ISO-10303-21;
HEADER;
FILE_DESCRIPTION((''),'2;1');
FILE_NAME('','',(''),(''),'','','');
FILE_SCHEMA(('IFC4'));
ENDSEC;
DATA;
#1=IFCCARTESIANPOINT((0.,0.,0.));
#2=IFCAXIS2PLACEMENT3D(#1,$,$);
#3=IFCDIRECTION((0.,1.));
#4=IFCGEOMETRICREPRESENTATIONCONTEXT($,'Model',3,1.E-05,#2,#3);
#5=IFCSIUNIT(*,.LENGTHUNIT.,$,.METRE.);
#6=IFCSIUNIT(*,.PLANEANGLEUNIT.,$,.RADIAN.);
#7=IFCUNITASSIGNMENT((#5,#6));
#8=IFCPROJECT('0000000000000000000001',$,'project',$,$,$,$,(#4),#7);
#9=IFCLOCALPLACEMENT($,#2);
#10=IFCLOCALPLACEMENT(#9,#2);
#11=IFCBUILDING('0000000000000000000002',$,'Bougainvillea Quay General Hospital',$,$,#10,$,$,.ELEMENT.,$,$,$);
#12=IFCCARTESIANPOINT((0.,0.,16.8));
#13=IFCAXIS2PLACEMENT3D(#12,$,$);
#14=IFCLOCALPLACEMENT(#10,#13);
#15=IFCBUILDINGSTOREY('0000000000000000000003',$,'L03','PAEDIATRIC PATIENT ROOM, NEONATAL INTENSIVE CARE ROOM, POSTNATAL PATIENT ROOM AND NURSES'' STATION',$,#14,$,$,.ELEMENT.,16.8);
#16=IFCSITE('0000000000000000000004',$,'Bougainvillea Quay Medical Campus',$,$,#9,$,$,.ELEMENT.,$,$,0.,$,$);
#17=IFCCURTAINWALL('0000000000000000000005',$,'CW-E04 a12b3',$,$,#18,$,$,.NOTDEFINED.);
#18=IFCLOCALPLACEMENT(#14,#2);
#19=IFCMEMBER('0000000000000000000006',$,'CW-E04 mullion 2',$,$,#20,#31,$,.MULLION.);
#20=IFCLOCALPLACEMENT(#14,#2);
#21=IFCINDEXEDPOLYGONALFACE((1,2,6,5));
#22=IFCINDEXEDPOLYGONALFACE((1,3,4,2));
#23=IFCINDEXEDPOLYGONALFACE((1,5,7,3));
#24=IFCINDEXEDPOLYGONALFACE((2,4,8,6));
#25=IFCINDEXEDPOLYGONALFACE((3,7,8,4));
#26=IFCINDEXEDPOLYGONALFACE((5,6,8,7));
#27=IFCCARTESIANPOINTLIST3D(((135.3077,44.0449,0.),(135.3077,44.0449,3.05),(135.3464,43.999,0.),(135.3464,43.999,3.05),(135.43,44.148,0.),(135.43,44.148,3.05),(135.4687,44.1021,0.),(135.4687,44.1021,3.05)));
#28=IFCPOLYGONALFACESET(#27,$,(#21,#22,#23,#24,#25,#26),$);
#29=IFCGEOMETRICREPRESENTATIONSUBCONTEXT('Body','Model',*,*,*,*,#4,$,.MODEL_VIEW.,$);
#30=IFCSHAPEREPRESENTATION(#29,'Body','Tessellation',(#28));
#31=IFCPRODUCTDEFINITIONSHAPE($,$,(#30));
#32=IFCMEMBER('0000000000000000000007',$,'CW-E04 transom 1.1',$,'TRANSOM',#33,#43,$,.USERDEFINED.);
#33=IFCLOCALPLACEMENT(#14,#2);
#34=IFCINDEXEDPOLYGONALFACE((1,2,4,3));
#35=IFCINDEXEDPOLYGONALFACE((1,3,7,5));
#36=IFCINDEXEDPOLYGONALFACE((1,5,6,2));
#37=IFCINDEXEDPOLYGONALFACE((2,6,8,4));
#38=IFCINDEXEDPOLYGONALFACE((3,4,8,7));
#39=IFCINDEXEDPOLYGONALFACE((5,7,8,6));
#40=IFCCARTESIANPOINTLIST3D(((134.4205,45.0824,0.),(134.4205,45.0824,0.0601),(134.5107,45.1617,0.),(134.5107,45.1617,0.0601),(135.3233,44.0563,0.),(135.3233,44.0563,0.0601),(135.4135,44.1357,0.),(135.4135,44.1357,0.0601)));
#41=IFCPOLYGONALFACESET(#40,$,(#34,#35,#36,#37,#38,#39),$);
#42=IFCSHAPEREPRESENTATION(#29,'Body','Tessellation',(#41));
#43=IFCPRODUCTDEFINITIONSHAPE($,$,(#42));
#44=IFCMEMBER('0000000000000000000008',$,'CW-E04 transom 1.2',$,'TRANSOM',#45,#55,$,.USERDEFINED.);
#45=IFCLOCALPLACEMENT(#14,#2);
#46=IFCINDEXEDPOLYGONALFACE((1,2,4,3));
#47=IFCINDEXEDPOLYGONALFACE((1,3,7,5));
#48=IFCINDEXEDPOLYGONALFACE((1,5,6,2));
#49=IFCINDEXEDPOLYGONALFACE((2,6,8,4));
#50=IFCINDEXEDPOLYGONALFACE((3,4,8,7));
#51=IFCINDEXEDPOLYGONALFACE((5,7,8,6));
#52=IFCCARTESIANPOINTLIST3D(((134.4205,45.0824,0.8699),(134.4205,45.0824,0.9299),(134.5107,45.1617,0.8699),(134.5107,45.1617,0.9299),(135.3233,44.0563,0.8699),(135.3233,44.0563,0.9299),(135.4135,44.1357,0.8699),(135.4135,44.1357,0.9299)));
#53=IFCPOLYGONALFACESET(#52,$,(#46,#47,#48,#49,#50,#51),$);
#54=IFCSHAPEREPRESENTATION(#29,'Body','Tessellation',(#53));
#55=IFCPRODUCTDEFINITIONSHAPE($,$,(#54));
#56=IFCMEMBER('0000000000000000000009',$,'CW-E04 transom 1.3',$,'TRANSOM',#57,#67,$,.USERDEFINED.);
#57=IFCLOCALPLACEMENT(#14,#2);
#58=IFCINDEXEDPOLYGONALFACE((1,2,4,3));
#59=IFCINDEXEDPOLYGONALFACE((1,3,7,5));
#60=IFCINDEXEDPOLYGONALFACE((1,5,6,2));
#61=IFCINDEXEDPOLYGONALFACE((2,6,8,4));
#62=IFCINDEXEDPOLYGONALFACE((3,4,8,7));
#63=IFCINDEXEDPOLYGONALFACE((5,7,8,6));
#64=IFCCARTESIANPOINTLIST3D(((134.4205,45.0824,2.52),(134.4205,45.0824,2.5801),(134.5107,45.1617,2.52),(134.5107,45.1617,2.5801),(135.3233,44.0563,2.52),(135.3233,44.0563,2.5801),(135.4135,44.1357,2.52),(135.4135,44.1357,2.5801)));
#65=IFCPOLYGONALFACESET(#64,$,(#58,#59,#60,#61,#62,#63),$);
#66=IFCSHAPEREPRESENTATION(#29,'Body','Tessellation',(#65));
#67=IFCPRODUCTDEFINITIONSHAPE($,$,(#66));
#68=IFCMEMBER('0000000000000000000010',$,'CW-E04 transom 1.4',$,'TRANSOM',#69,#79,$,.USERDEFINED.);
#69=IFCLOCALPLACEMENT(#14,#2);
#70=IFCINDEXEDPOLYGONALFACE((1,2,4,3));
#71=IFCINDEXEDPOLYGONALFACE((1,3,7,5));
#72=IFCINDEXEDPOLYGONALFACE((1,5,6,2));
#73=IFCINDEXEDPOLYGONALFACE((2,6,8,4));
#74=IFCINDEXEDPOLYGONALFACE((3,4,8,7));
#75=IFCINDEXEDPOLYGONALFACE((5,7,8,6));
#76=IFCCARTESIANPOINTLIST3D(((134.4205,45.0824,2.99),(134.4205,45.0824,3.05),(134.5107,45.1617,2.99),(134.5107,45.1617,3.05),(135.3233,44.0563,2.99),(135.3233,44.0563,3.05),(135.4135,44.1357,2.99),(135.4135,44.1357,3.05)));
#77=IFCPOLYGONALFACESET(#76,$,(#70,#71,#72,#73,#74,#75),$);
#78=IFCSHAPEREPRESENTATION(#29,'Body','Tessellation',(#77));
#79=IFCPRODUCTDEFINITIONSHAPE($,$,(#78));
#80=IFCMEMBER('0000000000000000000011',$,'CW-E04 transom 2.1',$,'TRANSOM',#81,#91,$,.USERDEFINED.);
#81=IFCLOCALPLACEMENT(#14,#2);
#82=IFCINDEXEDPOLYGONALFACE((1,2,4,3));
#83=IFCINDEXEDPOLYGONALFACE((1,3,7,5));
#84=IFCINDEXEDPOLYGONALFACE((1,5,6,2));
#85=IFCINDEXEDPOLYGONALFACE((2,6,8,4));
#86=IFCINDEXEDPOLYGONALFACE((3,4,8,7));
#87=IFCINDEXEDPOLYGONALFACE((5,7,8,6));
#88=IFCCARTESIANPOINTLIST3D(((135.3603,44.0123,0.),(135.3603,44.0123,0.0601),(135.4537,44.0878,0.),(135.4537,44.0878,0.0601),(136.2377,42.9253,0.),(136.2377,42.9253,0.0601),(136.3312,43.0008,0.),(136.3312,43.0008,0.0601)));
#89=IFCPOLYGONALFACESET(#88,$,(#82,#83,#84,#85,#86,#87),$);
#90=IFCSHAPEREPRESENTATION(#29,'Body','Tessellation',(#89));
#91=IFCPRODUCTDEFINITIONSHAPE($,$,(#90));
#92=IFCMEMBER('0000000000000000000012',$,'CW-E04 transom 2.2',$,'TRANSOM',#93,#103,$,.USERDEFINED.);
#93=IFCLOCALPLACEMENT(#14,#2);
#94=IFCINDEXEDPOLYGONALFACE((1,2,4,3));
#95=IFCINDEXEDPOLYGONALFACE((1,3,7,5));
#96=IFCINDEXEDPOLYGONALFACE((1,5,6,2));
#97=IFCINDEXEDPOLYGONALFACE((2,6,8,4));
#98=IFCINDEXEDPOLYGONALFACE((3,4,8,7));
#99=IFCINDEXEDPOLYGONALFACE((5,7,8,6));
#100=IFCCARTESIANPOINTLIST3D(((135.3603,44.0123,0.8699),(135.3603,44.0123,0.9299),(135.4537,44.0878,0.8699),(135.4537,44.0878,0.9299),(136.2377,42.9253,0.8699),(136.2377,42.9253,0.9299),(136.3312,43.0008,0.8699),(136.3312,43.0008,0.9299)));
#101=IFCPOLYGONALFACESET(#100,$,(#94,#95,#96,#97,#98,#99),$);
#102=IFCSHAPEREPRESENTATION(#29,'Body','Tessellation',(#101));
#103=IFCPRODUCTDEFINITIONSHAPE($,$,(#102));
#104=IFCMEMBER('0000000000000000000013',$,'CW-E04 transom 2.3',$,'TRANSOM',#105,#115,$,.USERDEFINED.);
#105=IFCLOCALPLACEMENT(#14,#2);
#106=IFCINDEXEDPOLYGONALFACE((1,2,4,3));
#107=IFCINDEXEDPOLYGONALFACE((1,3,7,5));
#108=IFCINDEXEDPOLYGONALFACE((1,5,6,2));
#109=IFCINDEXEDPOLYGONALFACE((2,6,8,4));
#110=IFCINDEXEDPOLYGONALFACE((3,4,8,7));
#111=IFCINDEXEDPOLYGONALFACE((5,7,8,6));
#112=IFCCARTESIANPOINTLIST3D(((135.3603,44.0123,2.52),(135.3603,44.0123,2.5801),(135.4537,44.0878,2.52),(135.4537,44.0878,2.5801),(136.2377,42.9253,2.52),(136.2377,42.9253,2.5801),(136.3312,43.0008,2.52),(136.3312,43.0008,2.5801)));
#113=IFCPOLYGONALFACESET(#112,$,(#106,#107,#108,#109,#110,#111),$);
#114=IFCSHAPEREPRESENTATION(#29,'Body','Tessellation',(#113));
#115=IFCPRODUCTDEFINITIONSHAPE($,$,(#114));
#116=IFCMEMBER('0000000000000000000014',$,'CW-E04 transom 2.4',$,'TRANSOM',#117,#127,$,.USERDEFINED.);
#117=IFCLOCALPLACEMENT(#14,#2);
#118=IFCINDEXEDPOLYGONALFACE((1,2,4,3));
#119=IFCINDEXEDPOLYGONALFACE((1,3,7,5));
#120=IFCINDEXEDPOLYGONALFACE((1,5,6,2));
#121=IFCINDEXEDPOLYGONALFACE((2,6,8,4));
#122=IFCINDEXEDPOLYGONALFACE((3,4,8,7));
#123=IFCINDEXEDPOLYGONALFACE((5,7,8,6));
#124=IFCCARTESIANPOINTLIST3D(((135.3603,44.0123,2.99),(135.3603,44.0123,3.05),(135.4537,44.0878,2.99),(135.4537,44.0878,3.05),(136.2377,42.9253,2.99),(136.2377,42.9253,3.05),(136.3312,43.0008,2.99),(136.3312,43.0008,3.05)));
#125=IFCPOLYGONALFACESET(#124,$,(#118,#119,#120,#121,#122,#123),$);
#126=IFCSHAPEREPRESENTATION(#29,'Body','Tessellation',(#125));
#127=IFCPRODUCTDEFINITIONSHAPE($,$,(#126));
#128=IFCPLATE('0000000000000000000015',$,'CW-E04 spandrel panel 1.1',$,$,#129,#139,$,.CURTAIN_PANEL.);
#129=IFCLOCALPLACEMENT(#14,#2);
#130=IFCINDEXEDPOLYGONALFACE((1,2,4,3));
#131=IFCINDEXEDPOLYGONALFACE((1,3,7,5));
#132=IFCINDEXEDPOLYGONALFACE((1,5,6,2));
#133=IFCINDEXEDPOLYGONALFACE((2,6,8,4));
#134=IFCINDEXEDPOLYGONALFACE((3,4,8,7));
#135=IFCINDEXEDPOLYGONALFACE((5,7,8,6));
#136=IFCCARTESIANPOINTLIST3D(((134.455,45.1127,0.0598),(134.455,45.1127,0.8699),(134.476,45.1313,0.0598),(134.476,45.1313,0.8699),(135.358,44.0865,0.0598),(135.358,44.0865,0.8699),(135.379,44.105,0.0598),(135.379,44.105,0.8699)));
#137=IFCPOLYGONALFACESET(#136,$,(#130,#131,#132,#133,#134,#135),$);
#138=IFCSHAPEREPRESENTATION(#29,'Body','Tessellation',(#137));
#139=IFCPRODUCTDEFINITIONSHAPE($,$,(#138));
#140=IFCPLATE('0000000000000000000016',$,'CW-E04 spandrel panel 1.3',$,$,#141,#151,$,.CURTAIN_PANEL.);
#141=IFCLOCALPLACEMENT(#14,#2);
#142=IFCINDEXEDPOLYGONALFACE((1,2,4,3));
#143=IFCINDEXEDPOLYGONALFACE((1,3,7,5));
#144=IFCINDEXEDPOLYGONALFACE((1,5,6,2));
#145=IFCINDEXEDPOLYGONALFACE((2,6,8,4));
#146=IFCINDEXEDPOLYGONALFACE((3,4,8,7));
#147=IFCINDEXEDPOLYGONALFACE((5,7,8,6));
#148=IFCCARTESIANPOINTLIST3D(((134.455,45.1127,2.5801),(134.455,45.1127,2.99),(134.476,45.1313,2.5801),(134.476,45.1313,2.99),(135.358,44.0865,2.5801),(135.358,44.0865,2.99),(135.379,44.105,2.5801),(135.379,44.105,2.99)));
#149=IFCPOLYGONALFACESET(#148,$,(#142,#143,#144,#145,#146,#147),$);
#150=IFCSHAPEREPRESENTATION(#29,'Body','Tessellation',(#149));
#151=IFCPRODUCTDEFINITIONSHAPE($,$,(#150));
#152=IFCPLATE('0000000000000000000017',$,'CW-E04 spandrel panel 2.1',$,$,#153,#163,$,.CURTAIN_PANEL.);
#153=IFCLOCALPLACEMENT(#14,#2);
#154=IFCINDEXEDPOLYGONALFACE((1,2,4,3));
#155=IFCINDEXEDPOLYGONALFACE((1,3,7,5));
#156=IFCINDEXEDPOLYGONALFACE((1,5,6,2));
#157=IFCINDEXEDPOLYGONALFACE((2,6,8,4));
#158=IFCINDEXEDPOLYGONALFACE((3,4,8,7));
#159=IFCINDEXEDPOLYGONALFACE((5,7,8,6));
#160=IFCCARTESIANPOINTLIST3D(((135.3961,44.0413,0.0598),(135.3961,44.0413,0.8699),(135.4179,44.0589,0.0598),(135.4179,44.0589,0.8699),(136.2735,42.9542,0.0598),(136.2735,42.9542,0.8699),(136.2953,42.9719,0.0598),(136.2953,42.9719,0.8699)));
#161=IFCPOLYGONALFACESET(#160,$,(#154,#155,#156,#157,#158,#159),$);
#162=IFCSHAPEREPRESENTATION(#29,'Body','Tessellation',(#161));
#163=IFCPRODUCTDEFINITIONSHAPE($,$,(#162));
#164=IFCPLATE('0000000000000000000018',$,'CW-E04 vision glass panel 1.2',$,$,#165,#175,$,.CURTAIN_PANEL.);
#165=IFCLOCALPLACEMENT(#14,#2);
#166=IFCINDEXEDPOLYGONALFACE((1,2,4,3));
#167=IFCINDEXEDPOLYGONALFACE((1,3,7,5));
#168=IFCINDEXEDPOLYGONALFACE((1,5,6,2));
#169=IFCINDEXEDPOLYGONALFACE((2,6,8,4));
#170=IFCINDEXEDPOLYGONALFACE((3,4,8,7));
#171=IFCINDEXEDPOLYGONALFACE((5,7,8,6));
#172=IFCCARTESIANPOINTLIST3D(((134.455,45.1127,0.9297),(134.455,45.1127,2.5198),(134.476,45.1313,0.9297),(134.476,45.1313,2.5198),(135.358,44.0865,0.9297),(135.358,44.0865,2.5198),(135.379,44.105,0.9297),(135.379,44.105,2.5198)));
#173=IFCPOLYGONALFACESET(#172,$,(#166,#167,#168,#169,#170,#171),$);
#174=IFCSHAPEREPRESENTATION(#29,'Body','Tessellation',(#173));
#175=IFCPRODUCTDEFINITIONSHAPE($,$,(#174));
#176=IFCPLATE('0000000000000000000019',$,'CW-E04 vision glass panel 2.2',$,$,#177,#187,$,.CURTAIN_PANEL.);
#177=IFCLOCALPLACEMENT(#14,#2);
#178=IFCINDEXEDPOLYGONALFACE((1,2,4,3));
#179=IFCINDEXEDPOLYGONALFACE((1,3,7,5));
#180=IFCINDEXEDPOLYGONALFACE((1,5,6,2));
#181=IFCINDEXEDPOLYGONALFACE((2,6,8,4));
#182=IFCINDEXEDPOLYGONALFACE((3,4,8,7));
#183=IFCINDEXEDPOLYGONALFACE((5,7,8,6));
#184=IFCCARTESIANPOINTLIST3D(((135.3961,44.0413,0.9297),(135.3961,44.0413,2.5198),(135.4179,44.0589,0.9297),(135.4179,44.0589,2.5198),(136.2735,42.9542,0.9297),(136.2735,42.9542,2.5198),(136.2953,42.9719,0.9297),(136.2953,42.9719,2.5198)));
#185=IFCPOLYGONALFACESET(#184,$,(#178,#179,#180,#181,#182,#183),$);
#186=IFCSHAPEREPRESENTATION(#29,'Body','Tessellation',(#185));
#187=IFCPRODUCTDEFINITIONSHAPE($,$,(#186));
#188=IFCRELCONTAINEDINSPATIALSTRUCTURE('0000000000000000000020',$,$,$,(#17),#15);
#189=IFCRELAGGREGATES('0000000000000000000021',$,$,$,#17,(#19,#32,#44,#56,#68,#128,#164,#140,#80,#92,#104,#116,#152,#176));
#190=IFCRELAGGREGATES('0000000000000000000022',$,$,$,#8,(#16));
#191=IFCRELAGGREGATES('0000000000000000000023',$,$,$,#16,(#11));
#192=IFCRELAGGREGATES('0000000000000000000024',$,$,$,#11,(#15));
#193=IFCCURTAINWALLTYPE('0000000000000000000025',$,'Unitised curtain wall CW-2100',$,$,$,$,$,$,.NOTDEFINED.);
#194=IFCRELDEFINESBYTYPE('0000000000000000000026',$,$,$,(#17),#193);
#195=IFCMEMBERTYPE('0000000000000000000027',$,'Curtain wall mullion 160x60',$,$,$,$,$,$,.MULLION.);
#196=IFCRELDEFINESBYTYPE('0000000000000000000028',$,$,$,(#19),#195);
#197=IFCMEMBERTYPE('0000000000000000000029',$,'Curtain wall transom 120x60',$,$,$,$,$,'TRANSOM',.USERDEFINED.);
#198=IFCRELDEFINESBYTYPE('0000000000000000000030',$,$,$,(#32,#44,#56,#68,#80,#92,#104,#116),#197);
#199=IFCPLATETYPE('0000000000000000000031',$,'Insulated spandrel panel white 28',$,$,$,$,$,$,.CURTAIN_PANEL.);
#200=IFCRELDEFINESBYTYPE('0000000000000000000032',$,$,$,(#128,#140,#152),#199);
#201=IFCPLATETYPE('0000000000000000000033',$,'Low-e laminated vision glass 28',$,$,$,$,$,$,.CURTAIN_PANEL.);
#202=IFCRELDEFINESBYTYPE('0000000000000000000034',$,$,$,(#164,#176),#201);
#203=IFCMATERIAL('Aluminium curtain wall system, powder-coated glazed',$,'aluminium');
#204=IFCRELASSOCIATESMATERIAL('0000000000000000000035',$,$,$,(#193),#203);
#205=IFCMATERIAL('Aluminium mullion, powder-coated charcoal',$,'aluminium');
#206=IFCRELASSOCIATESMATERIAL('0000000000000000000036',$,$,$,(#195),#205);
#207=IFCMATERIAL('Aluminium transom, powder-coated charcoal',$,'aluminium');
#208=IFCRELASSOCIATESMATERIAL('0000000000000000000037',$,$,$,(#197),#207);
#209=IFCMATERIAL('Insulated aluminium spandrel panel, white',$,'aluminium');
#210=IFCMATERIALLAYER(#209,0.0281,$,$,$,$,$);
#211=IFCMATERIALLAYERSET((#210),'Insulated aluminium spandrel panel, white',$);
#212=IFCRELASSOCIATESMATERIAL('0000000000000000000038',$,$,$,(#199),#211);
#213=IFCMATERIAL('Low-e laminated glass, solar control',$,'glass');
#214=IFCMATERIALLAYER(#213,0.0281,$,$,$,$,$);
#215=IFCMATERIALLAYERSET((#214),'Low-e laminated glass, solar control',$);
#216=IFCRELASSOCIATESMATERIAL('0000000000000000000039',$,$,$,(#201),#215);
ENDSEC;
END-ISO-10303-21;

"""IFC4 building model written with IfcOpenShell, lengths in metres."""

from ifc_helpers import new_model, si_unit, direction, frame, origin, origin_2d, place, context, subcontext, project, spatial, rectangle, extrude, material, layer, layer_set, material_profile, profile_set, type_object, element, aggregate, save


model = new_model("IFC4")

# Units and contexts
model_context = context("Model", 3, precision=1e-05, world=origin(), true_north=direction((0.0, 1.0)))
body_context = subcontext(model_context, "Body", "Model", "MODEL_VIEW")
ifc_project = project(units=[si_unit("LENGTHUNIT", "METRE"), si_unit("PLANEANGLEUNIT", "RADIAN")], contexts=[model_context])

# Site, building, storey
site_placement = place(None, origin())
site = spatial("IfcSite", under=ifc_project, at=site_placement, Name="Bougainvillea Quay Medical Campus", CompositionType="ELEMENT", RefElevation=0.0)
building_placement = place(site_placement, origin())
building = spatial("IfcBuilding", under=site, at=building_placement, Name="Bougainvillea Quay General Hospital", CompositionType="ELEMENT")
storey_placement = place(building_placement, frame((0.0, 0.0, 16.8)))
storey = spatial("IfcBuildingStorey", under=building, at=storey_placement, Name="L03", Description="PAEDIATRIC PATIENT ROOM, NEONATAL INTENSIVE CARE ROOM, POSTNATAL PATIENT ROOM AND NURSES' STATION", CompositionType="ELEMENT", Elevation=16.8)

# Curtain wall, members, plates
ifc_material_1 = material(Name="Aluminium curtain wall system, powder-coated glazed", Category="aluminium")
curtain_wall_type = type_object("IfcCurtainWallType", Name="Unitised curtain wall CW-2100", PredefinedType="NOTDEFINED", material=ifc_material_1)
curtain_wall_placement = place(storey_placement, origin())
curtain_wall = element("IfcCurtainWall", 1, at=curtain_wall_placement, inside=storey, type_object=curtain_wall_type, Name="CW-E04 a12b3", PredefinedType="NOTDEFINED")
ifc_material_2 = material(Name="Aluminium mullion, powder-coated charcoal", Category="aluminium")
ifc_material_profile_1 = material_profile(ifc_material_2, rectangle(XDim=0.1599, YDim=0.0601, at=origin_2d()))
ifc_profile_set_1 = profile_set([ifc_material_profile_1], Name="Aluminium mullion, powder-coated charcoal")
member_type_1 = type_object("IfcMemberType", Name="Curtain wall mullion 160x60", PredefinedType="MULLION", material=ifc_profile_set_1)
member_1_placement = place(storey_placement, frame((135.3882, 44.0735, 0.0), z_axis=(0.0, 0.0, 1.0), x_axis=(0.764622, 0.64448, 0.0)))
member_1 = element("IfcMember", 2, at=member_1_placement, type_object=member_type_1, Name="CW-E04 mullion 2", PredefinedType="MULLION", context=body_context, shape_type="SweptSolid", body=[
    extrude(rectangle(XDim=0.1599, YDim=0.0601, at=origin_2d()), origin(), (0.0, 0.0, 1.0), 3.05),
])
ifc_material_3 = material(Name="Aluminium transom, powder-coated charcoal", Category="aluminium")
ifc_material_profile_2 = material_profile(ifc_material_3, rectangle(XDim=0.1201, YDim=0.0601, at=origin_2d()))
ifc_profile_set_2 = profile_set([ifc_material_profile_2], Name="Aluminium transom, powder-coated charcoal")
member_type_2 = type_object("IfcMemberType", Name="Curtain wall transom 120x60", ElementType="TRANSOM", PredefinedType="USERDEFINED", material=ifc_profile_set_2)
member_2_placement = place(storey_placement, frame((134.4656, 45.1221, 0.03), z_axis=(0.660563, -0.75077, 0.0), x_axis=(0.75077, 0.660563, 0.0)))
member_2 = element("IfcMember", 3, at=member_2_placement, type_object=member_type_2, Name="CW-E04 transom 1.1", ObjectType="TRANSOM", PredefinedType="USERDEFINED", context=body_context, shape_type="SweptSolid", body=[
    extrude(rectangle(XDim=0.1201, YDim=0.0601, at=origin_2d()), origin(), (0.0, 0.0, 1.0), 1.3667),
])
member_3_placement = place(storey_placement, frame((134.4656, 45.1221, 0.8999), z_axis=(0.660563, -0.75077, 0.0), x_axis=(0.75077, 0.660563, 0.0)))
member_3 = element("IfcMember", 4, at=member_3_placement, type_object=member_type_2, Name="CW-E04 transom 1.2", ObjectType="TRANSOM", PredefinedType="USERDEFINED", context=body_context, shape_type="SweptSolid", body=[
    extrude(rectangle(XDim=0.1201, YDim=0.0601, at=origin_2d()), origin(), (0.0, 0.0, 1.0), 1.3667),
])
member_4_placement = place(storey_placement, frame((134.4656, 45.1221, 2.55), z_axis=(0.660563, -0.75077, 0.0), x_axis=(0.75077, 0.660563, 0.0)))
member_4 = element("IfcMember", 5, at=member_4_placement, type_object=member_type_2, Name="CW-E04 transom 1.3", ObjectType="TRANSOM", PredefinedType="USERDEFINED", context=body_context, shape_type="SweptSolid", body=[
    extrude(rectangle(XDim=0.1201, YDim=0.0601, at=origin_2d()), origin(), (0.0, 0.0, 1.0), 1.3667),
])
member_5_placement = place(storey_placement, frame((134.4656, 45.1221, 3.02), z_axis=(0.660563, -0.75077, 0.0), x_axis=(0.75077, 0.660563, 0.0)))
member_5 = element("IfcMember", 6, at=member_5_placement, type_object=member_type_2, Name="CW-E04 transom 1.4", ObjectType="TRANSOM", PredefinedType="USERDEFINED", context=body_context, shape_type="SweptSolid", body=[
    extrude(rectangle(XDim=0.1201, YDim=0.0601, at=origin_2d()), origin(), (0.0, 0.0, 1.0), 1.3667),
])
member_6_placement = place(storey_placement, frame((135.407, 44.05, 0.03), z_axis=(0.628142, -0.778099, 0.0), x_axis=(0.778099, 0.628142, 0.0)))
member_6 = element("IfcMember", 7, at=member_6_placement, type_object=member_type_2, Name="CW-E04 transom 2.1", ObjectType="TRANSOM", PredefinedType="USERDEFINED", context=body_context, shape_type="SweptSolid", body=[
    extrude(rectangle(XDim=0.1201, YDim=0.0601, at=origin_2d()), origin(), (0.0, 0.0, 1.0), 1.397),
])
member_7_placement = place(storey_placement, frame((135.407, 44.05, 0.8999), z_axis=(0.628142, -0.778099, 0.0), x_axis=(0.778099, 0.628142, 0.0)))
member_7 = element("IfcMember", 8, at=member_7_placement, type_object=member_type_2, Name="CW-E04 transom 2.2", ObjectType="TRANSOM", PredefinedType="USERDEFINED", context=body_context, shape_type="SweptSolid", body=[
    extrude(rectangle(XDim=0.1201, YDim=0.0601, at=origin_2d()), origin(), (0.0, 0.0, 1.0), 1.397),
])
member_8_placement = place(storey_placement, frame((135.407, 44.05, 2.55), z_axis=(0.628142, -0.778099, 0.0), x_axis=(0.778099, 0.628142, 0.0)))
member_8 = element("IfcMember", 9, at=member_8_placement, type_object=member_type_2, Name="CW-E04 transom 2.3", ObjectType="TRANSOM", PredefinedType="USERDEFINED", context=body_context, shape_type="SweptSolid", body=[
    extrude(rectangle(XDim=0.1201, YDim=0.0601, at=origin_2d()), origin(), (0.0, 0.0, 1.0), 1.397),
])
member_9_placement = place(storey_placement, frame((135.407, 44.05, 3.02), z_axis=(0.628142, -0.778099, 0.0), x_axis=(0.778099, 0.628142, 0.0)))
member_9 = element("IfcMember", 10, at=member_9_placement, type_object=member_type_2, Name="CW-E04 transom 2.4", ObjectType="TRANSOM", PredefinedType="USERDEFINED", context=body_context, shape_type="SweptSolid", body=[
    extrude(rectangle(XDim=0.1201, YDim=0.0601, at=origin_2d()), origin(), (0.0, 0.0, 1.0), 1.397),
])
ifc_material_4 = material(Name="Insulated aluminium spandrel panel, white", Category="aluminium")
ifc_layer_1 = layer(ifc_material_4, 0.0281)
ifc_layer_set_1 = layer_set([ifc_layer_1], Name="Insulated aluminium spandrel panel, white")
plate_type_1 = type_object("IfcPlateType", Name="Insulated spandrel panel white 28", PredefinedType="CURTAIN_PANEL", material=ifc_layer_set_1)
plate_1_placement = place(storey_placement, frame((134.917, 44.6089, 0.0598), z_axis=(0.0, 0.0, 1.0), x_axis=(0.660596, -0.750742, 0.0)))
plate_1 = element("IfcPlate", 11, at=plate_1_placement, type_object=plate_type_1, Name="CW-E04 spandrel panel 1.1", PredefinedType="CURTAIN_PANEL", context=body_context, shape_type="SweptSolid", body=[
    extrude(rectangle(XDim=1.3669, YDim=0.0281, at=origin_2d()), origin(), (0.0, 0.0, 1.0), 0.8101),
])
plate_2_placement = place(storey_placement, frame((134.917, 44.6089, 2.5801), z_axis=(0.0, 0.0, 1.0), x_axis=(0.660596, -0.750742, 0.0)))
plate_2 = element("IfcPlate", 12, at=plate_2_placement, type_object=plate_type_1, Name="CW-E04 spandrel panel 1.3", PredefinedType="CURTAIN_PANEL", context=body_context, shape_type="SweptSolid", body=[
    extrude(rectangle(XDim=1.3669, YDim=0.0281, at=origin_2d()), origin(), (0.0, 0.0, 1.0), 0.4099),
])
plate_3_placement = place(storey_placement, frame((135.8457, 43.5066, 0.0598), z_axis=(0.0, 0.0, 1.0), x_axis=(0.628072, -0.778155, 0.0)))
plate_3 = element("IfcPlate", 13, at=plate_3_placement, type_object=plate_type_1, Name="CW-E04 spandrel panel 2.1", PredefinedType="CURTAIN_PANEL", context=body_context, shape_type="SweptSolid", body=[
    extrude(rectangle(XDim=1.397, YDim=0.0281, at=origin_2d()), origin(), (0.0, 0.0, 1.0), 0.8101),
])
ifc_material_5 = material(Name="Low-e laminated glass, solar control", Category="glass")
ifc_layer_2 = layer(ifc_material_5, 0.0281)
ifc_layer_set_2 = layer_set([ifc_layer_2], Name="Low-e laminated glass, solar control")
plate_type_2 = type_object("IfcPlateType", Name="Low-e laminated vision glass 28", PredefinedType="CURTAIN_PANEL", material=ifc_layer_set_2)
plate_4_placement = place(storey_placement, frame((134.917, 44.6089, 0.9297), z_axis=(0.0, 0.0, 1.0), x_axis=(0.660596, -0.750742, 0.0)))
plate_4 = element("IfcPlate", 14, at=plate_4_placement, type_object=plate_type_2, Name="CW-E04 vision glass panel 1.2", PredefinedType="CURTAIN_PANEL", context=body_context, shape_type="SweptSolid", body=[
    extrude(rectangle(XDim=1.3669, YDim=0.0281, at=origin_2d()), origin(), (0.0, 0.0, 1.0), 1.5901),
])
plate_5_placement = place(storey_placement, frame((135.8457, 43.5066, 0.9297), z_axis=(0.0, 0.0, 1.0), x_axis=(0.628072, -0.778155, 0.0)))
plate_5 = element("IfcPlate", 15, at=plate_5_placement, type_object=plate_type_2, Name="CW-E04 vision glass panel 2.2", PredefinedType="CURTAIN_PANEL", context=body_context, shape_type="SweptSolid", body=[
    extrude(rectangle(XDim=1.397, YDim=0.0281, at=origin_2d()), origin(), (0.0, 0.0, 1.0), 1.5901),
])
aggregate(curtain_wall, [member_1, member_2, member_3, member_4, member_5, plate_1, plate_4, plate_2, member_6, member_7, member_8, member_9, plate_3, plate_5])

save(model, "model.ifc")
